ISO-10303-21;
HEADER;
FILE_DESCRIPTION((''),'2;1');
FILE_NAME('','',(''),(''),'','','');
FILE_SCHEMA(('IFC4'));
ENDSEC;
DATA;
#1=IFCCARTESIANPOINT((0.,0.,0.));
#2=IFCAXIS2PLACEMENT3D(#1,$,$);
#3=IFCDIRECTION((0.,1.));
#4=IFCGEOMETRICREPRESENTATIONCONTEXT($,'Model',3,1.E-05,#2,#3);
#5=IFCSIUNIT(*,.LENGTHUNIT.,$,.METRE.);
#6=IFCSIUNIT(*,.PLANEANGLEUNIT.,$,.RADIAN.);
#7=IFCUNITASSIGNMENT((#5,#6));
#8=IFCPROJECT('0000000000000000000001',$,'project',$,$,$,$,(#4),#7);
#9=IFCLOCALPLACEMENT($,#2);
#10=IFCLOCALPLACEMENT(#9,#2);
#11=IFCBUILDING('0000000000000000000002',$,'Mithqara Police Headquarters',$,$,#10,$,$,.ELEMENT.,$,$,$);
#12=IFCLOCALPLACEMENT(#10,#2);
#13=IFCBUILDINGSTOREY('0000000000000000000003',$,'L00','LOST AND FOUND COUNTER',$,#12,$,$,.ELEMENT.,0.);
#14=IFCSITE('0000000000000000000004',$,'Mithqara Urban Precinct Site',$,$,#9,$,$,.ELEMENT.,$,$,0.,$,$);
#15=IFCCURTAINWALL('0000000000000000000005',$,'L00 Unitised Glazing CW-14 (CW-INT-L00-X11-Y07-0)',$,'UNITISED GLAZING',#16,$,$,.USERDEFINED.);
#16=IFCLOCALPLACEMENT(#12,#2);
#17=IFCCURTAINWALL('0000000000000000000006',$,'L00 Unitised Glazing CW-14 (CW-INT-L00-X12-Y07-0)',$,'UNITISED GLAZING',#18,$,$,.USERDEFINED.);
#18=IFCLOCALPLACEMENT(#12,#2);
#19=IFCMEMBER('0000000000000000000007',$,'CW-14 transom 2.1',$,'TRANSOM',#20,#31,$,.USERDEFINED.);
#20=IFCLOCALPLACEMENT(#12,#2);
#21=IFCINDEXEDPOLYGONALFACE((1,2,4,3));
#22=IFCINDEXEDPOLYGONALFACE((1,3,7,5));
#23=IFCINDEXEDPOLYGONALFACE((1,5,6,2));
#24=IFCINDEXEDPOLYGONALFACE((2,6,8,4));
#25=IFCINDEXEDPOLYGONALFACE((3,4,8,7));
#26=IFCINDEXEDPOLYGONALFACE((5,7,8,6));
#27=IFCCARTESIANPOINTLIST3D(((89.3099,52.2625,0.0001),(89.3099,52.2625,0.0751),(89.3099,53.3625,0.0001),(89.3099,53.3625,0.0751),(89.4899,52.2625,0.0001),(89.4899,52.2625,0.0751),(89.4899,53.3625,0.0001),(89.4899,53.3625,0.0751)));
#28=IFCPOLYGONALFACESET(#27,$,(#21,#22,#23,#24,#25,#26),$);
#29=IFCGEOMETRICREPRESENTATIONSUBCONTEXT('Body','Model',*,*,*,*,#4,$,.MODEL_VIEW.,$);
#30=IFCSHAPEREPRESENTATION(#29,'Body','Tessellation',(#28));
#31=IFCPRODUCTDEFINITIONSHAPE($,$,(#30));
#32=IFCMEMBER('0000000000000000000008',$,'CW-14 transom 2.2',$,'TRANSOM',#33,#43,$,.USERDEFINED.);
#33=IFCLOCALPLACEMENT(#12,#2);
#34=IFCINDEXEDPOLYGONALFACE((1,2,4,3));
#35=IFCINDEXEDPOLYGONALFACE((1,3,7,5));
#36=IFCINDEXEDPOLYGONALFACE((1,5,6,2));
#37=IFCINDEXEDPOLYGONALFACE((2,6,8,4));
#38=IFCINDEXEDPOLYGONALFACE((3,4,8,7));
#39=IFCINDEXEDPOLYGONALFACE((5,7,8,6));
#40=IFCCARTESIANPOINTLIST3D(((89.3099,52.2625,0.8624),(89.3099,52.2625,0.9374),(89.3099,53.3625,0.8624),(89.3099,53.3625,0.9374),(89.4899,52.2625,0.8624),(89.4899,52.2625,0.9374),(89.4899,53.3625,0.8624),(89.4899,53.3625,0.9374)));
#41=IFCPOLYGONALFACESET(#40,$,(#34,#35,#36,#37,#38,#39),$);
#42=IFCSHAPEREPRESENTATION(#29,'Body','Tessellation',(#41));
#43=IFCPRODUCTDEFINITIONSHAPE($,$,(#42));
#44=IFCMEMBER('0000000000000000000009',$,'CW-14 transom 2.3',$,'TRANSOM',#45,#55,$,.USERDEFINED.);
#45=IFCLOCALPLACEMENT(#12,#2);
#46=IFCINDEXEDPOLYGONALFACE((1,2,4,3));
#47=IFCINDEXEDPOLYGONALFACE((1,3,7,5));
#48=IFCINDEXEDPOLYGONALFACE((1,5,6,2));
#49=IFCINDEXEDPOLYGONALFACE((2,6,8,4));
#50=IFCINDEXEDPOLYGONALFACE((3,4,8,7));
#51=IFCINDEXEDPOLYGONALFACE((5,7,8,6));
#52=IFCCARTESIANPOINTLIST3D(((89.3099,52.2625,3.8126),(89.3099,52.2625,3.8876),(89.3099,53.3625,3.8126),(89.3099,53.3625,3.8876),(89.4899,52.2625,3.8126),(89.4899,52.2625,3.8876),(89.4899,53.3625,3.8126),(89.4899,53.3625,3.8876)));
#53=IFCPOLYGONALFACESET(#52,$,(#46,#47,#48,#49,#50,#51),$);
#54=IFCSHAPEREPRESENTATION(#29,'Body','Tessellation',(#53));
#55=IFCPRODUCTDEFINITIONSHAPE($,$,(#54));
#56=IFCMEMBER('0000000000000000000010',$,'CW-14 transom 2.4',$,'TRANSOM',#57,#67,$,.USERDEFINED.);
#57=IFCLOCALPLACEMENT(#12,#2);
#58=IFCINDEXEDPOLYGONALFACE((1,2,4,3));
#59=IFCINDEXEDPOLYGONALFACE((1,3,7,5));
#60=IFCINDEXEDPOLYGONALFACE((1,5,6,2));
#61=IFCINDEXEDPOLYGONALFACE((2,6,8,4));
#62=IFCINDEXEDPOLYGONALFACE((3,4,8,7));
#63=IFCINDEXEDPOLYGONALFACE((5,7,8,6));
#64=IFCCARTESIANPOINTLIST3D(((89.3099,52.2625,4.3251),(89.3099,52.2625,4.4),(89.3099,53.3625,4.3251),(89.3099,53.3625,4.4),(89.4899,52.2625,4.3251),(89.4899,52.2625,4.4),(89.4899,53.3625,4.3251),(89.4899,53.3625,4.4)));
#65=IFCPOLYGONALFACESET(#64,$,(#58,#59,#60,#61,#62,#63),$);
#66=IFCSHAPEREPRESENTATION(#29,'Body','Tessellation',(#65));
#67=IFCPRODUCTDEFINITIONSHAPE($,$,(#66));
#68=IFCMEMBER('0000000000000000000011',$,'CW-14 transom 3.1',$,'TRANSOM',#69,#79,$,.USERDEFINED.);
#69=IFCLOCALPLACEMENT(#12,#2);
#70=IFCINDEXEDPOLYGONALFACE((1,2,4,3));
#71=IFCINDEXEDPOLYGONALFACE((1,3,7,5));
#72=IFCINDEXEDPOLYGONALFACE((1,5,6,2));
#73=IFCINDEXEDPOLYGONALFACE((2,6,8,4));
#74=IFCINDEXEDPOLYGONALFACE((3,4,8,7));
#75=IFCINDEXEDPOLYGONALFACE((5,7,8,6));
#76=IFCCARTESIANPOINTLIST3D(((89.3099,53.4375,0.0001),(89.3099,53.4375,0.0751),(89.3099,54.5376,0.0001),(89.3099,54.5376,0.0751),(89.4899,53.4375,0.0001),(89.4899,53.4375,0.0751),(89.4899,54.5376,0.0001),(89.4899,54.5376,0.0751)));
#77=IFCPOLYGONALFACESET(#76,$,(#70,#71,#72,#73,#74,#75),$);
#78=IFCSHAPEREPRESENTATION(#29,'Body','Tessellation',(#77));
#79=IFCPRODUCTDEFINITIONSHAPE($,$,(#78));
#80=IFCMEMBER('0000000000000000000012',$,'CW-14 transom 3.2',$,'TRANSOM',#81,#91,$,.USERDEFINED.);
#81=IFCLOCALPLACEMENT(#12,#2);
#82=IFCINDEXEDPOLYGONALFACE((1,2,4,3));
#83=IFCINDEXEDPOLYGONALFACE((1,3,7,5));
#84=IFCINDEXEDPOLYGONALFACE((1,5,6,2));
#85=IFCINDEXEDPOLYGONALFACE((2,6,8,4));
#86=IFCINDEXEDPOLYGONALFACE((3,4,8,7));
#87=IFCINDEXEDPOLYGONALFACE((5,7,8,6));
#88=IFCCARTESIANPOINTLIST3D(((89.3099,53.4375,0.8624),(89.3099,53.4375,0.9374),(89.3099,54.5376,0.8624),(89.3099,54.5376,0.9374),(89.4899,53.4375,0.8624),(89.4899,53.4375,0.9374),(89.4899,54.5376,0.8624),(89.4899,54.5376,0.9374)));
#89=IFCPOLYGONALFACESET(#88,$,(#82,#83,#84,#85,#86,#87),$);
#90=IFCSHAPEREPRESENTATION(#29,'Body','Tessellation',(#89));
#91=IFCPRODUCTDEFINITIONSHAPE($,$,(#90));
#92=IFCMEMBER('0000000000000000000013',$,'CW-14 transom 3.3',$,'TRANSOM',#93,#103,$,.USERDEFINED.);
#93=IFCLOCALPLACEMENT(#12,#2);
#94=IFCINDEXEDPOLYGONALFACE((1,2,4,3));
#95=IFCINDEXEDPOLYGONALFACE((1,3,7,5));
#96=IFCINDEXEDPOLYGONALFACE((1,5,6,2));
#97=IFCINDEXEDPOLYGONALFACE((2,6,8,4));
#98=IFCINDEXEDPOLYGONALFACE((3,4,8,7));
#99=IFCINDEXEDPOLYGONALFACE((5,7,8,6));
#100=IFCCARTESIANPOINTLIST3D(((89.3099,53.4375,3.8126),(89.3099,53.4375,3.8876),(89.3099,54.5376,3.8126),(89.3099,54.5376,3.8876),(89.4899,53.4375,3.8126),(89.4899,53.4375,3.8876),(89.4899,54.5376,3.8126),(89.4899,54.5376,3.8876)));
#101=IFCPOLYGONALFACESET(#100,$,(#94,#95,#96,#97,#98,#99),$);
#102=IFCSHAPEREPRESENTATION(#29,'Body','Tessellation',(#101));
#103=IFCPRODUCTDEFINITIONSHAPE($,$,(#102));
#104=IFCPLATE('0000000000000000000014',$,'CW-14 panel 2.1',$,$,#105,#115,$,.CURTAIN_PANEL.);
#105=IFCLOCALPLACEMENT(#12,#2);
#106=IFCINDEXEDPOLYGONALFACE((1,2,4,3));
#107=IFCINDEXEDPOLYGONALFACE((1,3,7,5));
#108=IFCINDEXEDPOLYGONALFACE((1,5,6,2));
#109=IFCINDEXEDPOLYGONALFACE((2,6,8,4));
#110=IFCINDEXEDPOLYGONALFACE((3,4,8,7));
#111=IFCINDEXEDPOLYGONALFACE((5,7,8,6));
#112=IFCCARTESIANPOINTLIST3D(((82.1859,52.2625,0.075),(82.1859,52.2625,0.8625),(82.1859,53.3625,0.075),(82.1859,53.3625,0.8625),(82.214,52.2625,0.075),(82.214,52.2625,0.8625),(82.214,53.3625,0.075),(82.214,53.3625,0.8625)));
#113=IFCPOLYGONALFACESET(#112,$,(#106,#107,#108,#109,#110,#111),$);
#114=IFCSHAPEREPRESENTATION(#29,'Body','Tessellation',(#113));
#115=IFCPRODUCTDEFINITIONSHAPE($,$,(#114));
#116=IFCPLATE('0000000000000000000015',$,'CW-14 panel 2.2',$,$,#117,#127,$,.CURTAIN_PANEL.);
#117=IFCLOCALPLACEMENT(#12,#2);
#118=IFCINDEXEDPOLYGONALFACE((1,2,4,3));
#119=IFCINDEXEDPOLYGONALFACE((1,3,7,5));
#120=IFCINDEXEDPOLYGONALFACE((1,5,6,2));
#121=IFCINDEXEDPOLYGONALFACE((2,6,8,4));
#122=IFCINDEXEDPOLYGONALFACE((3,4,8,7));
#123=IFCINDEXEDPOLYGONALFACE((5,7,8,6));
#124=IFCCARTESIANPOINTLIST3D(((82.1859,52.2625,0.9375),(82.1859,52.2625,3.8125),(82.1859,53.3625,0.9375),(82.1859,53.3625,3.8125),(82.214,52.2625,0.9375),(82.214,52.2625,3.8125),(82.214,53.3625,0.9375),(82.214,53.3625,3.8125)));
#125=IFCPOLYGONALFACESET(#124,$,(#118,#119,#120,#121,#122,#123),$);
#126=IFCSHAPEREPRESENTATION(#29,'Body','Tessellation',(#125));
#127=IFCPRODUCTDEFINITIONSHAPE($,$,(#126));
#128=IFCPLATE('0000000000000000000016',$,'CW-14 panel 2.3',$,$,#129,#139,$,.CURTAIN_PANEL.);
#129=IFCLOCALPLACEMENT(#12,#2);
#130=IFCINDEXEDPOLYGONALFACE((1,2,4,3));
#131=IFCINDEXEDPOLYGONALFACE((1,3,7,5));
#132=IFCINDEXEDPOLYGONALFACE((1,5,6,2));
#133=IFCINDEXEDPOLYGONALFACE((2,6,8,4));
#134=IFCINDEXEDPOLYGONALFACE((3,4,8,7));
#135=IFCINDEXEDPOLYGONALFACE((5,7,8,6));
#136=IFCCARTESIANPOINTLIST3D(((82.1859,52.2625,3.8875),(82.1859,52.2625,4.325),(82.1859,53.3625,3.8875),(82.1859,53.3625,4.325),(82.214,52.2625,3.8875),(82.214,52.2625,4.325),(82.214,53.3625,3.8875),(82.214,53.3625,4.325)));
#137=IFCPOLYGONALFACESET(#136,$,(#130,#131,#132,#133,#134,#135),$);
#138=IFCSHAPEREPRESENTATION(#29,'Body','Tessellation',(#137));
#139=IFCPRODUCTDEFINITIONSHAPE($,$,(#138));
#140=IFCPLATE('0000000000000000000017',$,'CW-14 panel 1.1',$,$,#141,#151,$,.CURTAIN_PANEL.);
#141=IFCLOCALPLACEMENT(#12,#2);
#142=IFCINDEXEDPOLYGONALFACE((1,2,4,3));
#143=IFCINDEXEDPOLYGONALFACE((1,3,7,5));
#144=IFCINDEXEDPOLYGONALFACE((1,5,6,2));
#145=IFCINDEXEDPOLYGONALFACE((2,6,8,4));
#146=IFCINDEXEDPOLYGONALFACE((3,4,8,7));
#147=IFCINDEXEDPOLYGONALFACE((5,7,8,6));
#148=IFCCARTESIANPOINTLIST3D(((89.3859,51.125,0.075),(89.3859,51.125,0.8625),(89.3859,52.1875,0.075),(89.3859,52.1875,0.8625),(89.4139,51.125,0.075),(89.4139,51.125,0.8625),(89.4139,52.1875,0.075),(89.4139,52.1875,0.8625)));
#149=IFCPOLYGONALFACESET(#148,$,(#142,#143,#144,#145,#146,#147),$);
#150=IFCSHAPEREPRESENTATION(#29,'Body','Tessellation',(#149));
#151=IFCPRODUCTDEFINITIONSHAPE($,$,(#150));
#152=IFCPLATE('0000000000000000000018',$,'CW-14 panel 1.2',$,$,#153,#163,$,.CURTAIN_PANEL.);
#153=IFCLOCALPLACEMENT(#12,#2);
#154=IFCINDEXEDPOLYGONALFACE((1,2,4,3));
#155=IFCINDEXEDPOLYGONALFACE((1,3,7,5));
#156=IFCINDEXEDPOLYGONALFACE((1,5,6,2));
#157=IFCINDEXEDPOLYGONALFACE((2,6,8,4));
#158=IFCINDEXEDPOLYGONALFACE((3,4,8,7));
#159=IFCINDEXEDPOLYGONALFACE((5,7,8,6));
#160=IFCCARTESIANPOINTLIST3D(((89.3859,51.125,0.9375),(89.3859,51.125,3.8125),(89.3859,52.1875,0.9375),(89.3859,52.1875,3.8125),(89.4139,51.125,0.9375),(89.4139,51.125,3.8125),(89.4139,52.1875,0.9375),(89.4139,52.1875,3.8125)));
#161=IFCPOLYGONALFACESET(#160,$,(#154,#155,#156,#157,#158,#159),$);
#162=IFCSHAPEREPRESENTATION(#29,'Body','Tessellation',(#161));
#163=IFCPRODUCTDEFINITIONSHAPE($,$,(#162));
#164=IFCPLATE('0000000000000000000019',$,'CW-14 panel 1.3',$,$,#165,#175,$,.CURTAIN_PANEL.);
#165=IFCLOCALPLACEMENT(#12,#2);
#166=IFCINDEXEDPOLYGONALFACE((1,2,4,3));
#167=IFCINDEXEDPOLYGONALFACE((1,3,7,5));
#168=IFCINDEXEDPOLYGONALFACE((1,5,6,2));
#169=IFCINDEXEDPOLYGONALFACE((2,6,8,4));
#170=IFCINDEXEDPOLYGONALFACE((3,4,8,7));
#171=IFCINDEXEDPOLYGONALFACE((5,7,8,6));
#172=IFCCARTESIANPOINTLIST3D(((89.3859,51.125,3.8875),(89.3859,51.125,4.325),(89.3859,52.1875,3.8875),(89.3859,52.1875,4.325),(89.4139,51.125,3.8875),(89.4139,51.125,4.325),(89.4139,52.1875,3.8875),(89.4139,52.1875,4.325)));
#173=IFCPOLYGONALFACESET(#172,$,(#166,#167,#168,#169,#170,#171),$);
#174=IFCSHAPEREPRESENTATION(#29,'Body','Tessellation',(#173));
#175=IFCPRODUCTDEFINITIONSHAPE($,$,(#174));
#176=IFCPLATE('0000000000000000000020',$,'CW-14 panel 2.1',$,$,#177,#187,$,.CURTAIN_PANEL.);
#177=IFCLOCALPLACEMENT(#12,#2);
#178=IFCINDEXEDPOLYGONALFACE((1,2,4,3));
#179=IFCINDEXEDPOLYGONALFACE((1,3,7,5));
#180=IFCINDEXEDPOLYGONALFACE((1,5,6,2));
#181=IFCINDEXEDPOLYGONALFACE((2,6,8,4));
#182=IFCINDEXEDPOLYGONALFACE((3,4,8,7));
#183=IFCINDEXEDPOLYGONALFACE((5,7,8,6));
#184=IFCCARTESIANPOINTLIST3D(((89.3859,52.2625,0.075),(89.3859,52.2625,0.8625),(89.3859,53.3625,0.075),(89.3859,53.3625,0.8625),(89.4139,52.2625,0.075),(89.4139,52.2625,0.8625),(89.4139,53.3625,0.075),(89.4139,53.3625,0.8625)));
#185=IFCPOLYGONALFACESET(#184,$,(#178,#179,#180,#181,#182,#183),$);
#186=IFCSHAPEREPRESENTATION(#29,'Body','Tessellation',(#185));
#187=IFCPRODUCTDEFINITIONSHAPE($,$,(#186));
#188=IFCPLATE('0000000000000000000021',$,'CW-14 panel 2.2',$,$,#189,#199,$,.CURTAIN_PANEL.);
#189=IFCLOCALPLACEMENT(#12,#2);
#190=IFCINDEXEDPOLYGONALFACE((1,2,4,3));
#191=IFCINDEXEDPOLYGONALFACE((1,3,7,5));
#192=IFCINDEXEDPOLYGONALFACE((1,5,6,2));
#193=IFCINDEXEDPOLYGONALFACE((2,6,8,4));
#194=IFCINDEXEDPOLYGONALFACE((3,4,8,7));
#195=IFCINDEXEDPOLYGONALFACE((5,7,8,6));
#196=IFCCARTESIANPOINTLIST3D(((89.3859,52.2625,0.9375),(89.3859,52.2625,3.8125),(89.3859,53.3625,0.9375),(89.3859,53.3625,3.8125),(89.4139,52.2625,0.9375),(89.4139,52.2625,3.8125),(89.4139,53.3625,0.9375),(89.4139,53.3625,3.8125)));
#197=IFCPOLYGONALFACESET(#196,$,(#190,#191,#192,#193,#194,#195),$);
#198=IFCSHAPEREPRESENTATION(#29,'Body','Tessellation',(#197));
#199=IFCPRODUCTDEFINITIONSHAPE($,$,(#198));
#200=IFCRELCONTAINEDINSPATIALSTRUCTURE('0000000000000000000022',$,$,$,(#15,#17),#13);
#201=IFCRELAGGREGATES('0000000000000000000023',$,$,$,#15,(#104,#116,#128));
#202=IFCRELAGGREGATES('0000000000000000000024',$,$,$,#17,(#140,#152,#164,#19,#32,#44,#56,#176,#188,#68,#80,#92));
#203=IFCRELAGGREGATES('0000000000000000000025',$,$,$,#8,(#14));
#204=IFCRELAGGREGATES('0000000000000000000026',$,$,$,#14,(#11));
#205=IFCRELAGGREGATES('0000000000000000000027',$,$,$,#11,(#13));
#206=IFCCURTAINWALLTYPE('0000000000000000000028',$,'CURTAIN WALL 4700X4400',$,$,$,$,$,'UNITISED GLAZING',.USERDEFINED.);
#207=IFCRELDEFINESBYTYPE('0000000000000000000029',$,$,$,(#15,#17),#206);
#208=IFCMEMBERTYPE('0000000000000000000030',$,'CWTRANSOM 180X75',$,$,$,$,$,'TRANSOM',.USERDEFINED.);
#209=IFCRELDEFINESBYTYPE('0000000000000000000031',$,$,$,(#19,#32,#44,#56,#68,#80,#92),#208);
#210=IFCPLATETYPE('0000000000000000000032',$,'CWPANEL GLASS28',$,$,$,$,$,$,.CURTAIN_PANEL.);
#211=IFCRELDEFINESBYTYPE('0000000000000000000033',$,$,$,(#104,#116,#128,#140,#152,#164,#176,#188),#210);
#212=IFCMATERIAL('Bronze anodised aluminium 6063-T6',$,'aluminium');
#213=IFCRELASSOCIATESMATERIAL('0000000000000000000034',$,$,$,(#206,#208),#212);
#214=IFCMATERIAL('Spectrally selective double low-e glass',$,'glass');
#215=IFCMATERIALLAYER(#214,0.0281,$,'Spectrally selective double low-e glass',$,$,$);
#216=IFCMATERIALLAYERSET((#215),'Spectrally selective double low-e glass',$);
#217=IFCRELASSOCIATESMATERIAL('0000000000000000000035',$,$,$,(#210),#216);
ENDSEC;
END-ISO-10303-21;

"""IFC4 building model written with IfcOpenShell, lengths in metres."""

from ifc_helpers import new_model, si_unit, direction, frame, origin, origin_2d, place, context, subcontext, project, spatial, rectangle, extrude, material, layer, layer_set, material_profile, profile_set, type_object, element, aggregate, save


model = new_model("IFC4")

# Units and contexts
model_context = context("Model", 3, precision=1e-05, world=origin(), true_north=direction((0.0, 1.0)))
body_context = subcontext(model_context, "Body", "Model", "MODEL_VIEW")
ifc_project = project(units=[si_unit("LENGTHUNIT", "METRE"), si_unit("PLANEANGLEUNIT", "RADIAN")], contexts=[model_context])

# Site, building, storey
site_placement = place(None, origin())
site = spatial("IfcSite", under=ifc_project, at=site_placement, Name="Mithqara Urban Precinct Site", CompositionType="ELEMENT", RefElevation=0.0)
building_placement = place(site_placement, origin())
building = spatial("IfcBuilding", under=site, at=building_placement, Name="Mithqara Police Headquarters", CompositionType="ELEMENT")
storey_placement = place(building_placement, origin())
storey = spatial("IfcBuildingStorey", under=building, at=storey_placement, Name="L00", Description="LOST AND FOUND COUNTER", CompositionType="ELEMENT", Elevation=0.0)

# Curtain wall
ifc_material_1 = material(Name="Bronze anodised aluminium 6063-T6", Category="aluminium")
curtain_wall_type_1 = type_object("IfcCurtainWallType", Name="CURTAIN WALL 4700X4400", ElementType="UNITISED GLAZING", PredefinedType="USERDEFINED", material=ifc_material_1)
curtain_wall_1_placement = place(storey_placement, origin())
curtain_wall_1 = element("IfcCurtainWall", 1, at=curtain_wall_1_placement, inside=storey, type_object=curtain_wall_type_1, Name="L00 Unitised Glazing CW-14 (CW-INT-L00-X11-Y07-0)", ObjectType="UNITISED GLAZING", PredefinedType="USERDEFINED")

# Curtain wall
curtain_wall_2_placement = place(storey_placement, origin())
curtain_wall_2 = element("IfcCurtainWall", 2, at=curtain_wall_2_placement, inside=storey, type_object=curtain_wall_type_1, Name="L00 Unitised Glazing CW-14 (CW-INT-L00-X12-Y07-0)", ObjectType="UNITISED GLAZING", PredefinedType="USERDEFINED")

# Members
ifc_material_profile_1 = material_profile(ifc_material_1, rectangle(XDim=0.1799, YDim=0.075, at=origin_2d()), Name="CWT 180x75")
ifc_profile_set_1 = profile_set([ifc_material_profile_1], Name="Bronze anodised aluminium 6063-T6")
member_type_1 = type_object("IfcMemberType", Name="CWTRANSOM 180X75", ElementType="TRANSOM", PredefinedType="USERDEFINED", material=ifc_profile_set_1)
member_1_placement = place(storey_placement, frame((89.3999, 52.2625, 0.0376), z_axis=(0.0, 1.0, 0.0), x_axis=(-1.0, 0.0, 0.0)))
member_1 = element("IfcMember", 3, at=member_1_placement, type_object=member_type_1, Name="CW-14 transom 2.1", ObjectType="TRANSOM", PredefinedType="USERDEFINED", context=body_context, shape_type="SweptSolid", body=[
    extrude(rectangle(XDim=0.1799, YDim=0.075, at=origin_2d()), origin(), (0.0, 0.0, 1.0), 1.1001),
])
member_2_placement = place(storey_placement, frame((89.3999, 52.2625, 0.8999), z_axis=(0.0, 1.0, 0.0), x_axis=(-1.0, 0.0, 0.0)))
member_2 = element("IfcMember", 4, at=member_2_placement, type_object=member_type_1, Name="CW-14 transom 2.2", ObjectType="TRANSOM", PredefinedType="USERDEFINED", context=body_context, shape_type="SweptSolid", body=[
    extrude(rectangle(XDim=0.1799, YDim=0.075, at=origin_2d()), origin(), (0.0, 0.0, 1.0), 1.1001),
])
member_3_placement = place(storey_placement, frame((89.3999, 52.2625, 3.8501), z_axis=(0.0, 1.0, 0.0), x_axis=(-1.0, 0.0, 0.0)))
member_3 = element("IfcMember", 5, at=member_3_placement, type_object=member_type_1, Name="CW-14 transom 2.3", ObjectType="TRANSOM", PredefinedType="USERDEFINED", context=body_context, shape_type="SweptSolid", body=[
    extrude(rectangle(XDim=0.1799, YDim=0.075, at=origin_2d()), origin(), (0.0, 0.0, 1.0), 1.1001),
])
member_4_placement = place(storey_placement, frame((89.3999, 52.2625, 4.3625), z_axis=(0.0, 1.0, 0.0), x_axis=(-1.0, 0.0, 0.0)))
member_4 = element("IfcMember", 6, at=member_4_placement, type_object=member_type_1, Name="CW-14 transom 2.4", ObjectType="TRANSOM", PredefinedType="USERDEFINED", context=body_context, shape_type="SweptSolid", body=[
    extrude(rectangle(XDim=0.1799, YDim=0.075, at=origin_2d()), origin(), (0.0, 0.0, 1.0), 1.1001),
])
member_5_placement = place(storey_placement, frame((89.3999, 53.4375, 0.0376), z_axis=(0.0, 1.0, 0.0), x_axis=(-1.0, 0.0, 0.0)))
member_5 = element("IfcMember", 7, at=member_5_placement, type_object=member_type_1, Name="CW-14 transom 3.1", ObjectType="TRANSOM", PredefinedType="USERDEFINED", context=body_context, shape_type="SweptSolid", body=[
    extrude(rectangle(XDim=0.1799, YDim=0.075, at=origin_2d()), origin(), (0.0, 0.0, 1.0), 1.1001),
])
member_6_placement = place(storey_placement, frame((89.3999, 53.4375, 0.8999), z_axis=(0.0, 1.0, 0.0), x_axis=(-1.0, 0.0, 0.0)))
member_6 = element("IfcMember", 8, at=member_6_placement, type_object=member_type_1, Name="CW-14 transom 3.2", ObjectType="TRANSOM", PredefinedType="USERDEFINED", context=body_context, shape_type="SweptSolid", body=[
    extrude(rectangle(XDim=0.1799, YDim=0.075, at=origin_2d()), origin(), (0.0, 0.0, 1.0), 1.1001),
])
member_7_placement = place(storey_placement, frame((89.3999, 53.4375, 3.8501), z_axis=(0.0, 1.0, 0.0), x_axis=(-1.0, 0.0, 0.0)))
member_7 = element("IfcMember", 9, at=member_7_placement, type_object=member_type_1, Name="CW-14 transom 3.3", ObjectType="TRANSOM", PredefinedType="USERDEFINED", context=body_context, shape_type="SweptSolid", body=[
    extrude(rectangle(XDim=0.1799, YDim=0.075, at=origin_2d()), origin(), (0.0, 0.0, 1.0), 1.1001),
])

# Plates
ifc_material_2 = material(Name="Spectrally selective double low-e glass", Category="glass")
ifc_layer_1 = layer(ifc_material_2, 0.0281, Name="Spectrally selective double low-e glass")
ifc_layer_set_1 = layer_set([ifc_layer_1], Name="Spectrally selective double low-e glass")
plate_type_1 = type_object("IfcPlateType", Name="CWPANEL GLASS28", PredefinedType="CURTAIN_PANEL", material=ifc_layer_set_1)
plate_1_placement = place(storey_placement, frame((82.2, 52.8125, 0.075), z_axis=(0.0, 0.0, 1.0), x_axis=(0.0, 1.0, 0.0)))
plate_1 = element("IfcPlate", 10, at=plate_1_placement, type_object=plate_type_1, Name="CW-14 panel 2.1", PredefinedType="CURTAIN_PANEL", context=body_context, shape_type="SweptSolid", body=[
    extrude(rectangle(XDim=1.1001, YDim=0.0281, at=origin_2d()), origin(), (0.0, 0.0, 1.0), 0.7876),
])
plate_2_placement = place(storey_placement, frame((82.2, 52.8125, 0.9375), z_axis=(0.0, 0.0, 1.0), x_axis=(0.0, 1.0, 0.0)))
plate_2 = element("IfcPlate", 11, at=plate_2_placement, type_object=plate_type_1, Name="CW-14 panel 2.2", PredefinedType="CURTAIN_PANEL", context=body_context, shape_type="SweptSolid", body=[
    extrude(rectangle(XDim=1.1001, YDim=0.0281, at=origin_2d()), origin(), (0.0, 0.0, 1.0), 2.875),
])
plate_3_placement = place(storey_placement, frame((82.2, 52.8125, 3.8875), z_axis=(0.0, 0.0, 1.0), x_axis=(0.0, 1.0, 0.0)))
plate_3 = element("IfcPlate", 12, at=plate_3_placement, type_object=plate_type_1, Name="CW-14 panel 2.3", PredefinedType="CURTAIN_PANEL", context=body_context, shape_type="SweptSolid", body=[
    extrude(rectangle(XDim=1.1001, YDim=0.0281, at=origin_2d()), origin(), (0.0, 0.0, 1.0), 0.4375),
])
aggregate(curtain_wall_1, [plate_1, plate_2, plate_3])
plate_4_placement = place(storey_placement, frame((89.3999, 51.6562, 0.075), z_axis=(0.0, 0.0, 1.0), x_axis=(0.0, 1.0, 0.0)))
plate_4 = element("IfcPlate", 13, at=plate_4_placement, type_object=plate_type_1, Name="CW-14 panel 1.1", PredefinedType="CURTAIN_PANEL", context=body_context, shape_type="SweptSolid", body=[
    extrude(rectangle(XDim=1.0625, YDim=0.0281, at=origin_2d()), origin(), (0.0, 0.0, 1.0), 0.7876),
])
plate_5_placement = place(storey_placement, frame((89.3999, 51.6562, 0.9375), z_axis=(0.0, 0.0, 1.0), x_axis=(0.0, 1.0, 0.0)))
plate_5 = element("IfcPlate", 14, at=plate_5_placement, type_object=plate_type_1, Name="CW-14 panel 1.2", PredefinedType="CURTAIN_PANEL", context=body_context, shape_type="SweptSolid", body=[
    extrude(rectangle(XDim=1.0625, YDim=0.0281, at=origin_2d()), origin(), (0.0, 0.0, 1.0), 2.875),
])
plate_6_placement = place(storey_placement, frame((89.3999, 51.6562, 3.8875), z_axis=(0.0, 0.0, 1.0), x_axis=(0.0, 1.0, 0.0)))
plate_6 = element("IfcPlate", 15, at=plate_6_placement, type_object=plate_type_1, Name="CW-14 panel 1.3", PredefinedType="CURTAIN_PANEL", context=body_context, shape_type="SweptSolid", body=[
    extrude(rectangle(XDim=1.0625, YDim=0.0281, at=origin_2d()), origin(), (0.0, 0.0, 1.0), 0.4375),
])
plate_7_placement = place(storey_placement, frame((89.3999, 52.8125, 0.075), z_axis=(0.0, 0.0, 1.0), x_axis=(0.0, 1.0, 0.0)))
plate_7 = element("IfcPlate", 16, at=plate_7_placement, type_object=plate_type_1, Name="CW-14 panel 2.1", PredefinedType="CURTAIN_PANEL", context=body_context, shape_type="SweptSolid", body=[
    extrude(rectangle(XDim=1.1001, YDim=0.0281, at=origin_2d()), origin(), (0.0, 0.0, 1.0), 0.7876),
])
plate_8_placement = place(storey_placement, frame((89.3999, 52.8125, 0.9375), z_axis=(0.0, 0.0, 1.0), x_axis=(0.0, 1.0, 0.0)))
plate_8 = element("IfcPlate", 17, at=plate_8_placement, type_object=plate_type_1, Name="CW-14 panel 2.2", PredefinedType="CURTAIN_PANEL", context=body_context, shape_type="SweptSolid", body=[
    extrude(rectangle(XDim=1.1001, YDim=0.0281, at=origin_2d()), origin(), (0.0, 0.0, 1.0), 2.875),
])
aggregate(curtain_wall_2, [plate_4, plate_5, plate_6, member_1, member_2, member_3, member_4, plate_7, plate_8, member_5, member_6, member_7])

save(model, "model.ifc")
